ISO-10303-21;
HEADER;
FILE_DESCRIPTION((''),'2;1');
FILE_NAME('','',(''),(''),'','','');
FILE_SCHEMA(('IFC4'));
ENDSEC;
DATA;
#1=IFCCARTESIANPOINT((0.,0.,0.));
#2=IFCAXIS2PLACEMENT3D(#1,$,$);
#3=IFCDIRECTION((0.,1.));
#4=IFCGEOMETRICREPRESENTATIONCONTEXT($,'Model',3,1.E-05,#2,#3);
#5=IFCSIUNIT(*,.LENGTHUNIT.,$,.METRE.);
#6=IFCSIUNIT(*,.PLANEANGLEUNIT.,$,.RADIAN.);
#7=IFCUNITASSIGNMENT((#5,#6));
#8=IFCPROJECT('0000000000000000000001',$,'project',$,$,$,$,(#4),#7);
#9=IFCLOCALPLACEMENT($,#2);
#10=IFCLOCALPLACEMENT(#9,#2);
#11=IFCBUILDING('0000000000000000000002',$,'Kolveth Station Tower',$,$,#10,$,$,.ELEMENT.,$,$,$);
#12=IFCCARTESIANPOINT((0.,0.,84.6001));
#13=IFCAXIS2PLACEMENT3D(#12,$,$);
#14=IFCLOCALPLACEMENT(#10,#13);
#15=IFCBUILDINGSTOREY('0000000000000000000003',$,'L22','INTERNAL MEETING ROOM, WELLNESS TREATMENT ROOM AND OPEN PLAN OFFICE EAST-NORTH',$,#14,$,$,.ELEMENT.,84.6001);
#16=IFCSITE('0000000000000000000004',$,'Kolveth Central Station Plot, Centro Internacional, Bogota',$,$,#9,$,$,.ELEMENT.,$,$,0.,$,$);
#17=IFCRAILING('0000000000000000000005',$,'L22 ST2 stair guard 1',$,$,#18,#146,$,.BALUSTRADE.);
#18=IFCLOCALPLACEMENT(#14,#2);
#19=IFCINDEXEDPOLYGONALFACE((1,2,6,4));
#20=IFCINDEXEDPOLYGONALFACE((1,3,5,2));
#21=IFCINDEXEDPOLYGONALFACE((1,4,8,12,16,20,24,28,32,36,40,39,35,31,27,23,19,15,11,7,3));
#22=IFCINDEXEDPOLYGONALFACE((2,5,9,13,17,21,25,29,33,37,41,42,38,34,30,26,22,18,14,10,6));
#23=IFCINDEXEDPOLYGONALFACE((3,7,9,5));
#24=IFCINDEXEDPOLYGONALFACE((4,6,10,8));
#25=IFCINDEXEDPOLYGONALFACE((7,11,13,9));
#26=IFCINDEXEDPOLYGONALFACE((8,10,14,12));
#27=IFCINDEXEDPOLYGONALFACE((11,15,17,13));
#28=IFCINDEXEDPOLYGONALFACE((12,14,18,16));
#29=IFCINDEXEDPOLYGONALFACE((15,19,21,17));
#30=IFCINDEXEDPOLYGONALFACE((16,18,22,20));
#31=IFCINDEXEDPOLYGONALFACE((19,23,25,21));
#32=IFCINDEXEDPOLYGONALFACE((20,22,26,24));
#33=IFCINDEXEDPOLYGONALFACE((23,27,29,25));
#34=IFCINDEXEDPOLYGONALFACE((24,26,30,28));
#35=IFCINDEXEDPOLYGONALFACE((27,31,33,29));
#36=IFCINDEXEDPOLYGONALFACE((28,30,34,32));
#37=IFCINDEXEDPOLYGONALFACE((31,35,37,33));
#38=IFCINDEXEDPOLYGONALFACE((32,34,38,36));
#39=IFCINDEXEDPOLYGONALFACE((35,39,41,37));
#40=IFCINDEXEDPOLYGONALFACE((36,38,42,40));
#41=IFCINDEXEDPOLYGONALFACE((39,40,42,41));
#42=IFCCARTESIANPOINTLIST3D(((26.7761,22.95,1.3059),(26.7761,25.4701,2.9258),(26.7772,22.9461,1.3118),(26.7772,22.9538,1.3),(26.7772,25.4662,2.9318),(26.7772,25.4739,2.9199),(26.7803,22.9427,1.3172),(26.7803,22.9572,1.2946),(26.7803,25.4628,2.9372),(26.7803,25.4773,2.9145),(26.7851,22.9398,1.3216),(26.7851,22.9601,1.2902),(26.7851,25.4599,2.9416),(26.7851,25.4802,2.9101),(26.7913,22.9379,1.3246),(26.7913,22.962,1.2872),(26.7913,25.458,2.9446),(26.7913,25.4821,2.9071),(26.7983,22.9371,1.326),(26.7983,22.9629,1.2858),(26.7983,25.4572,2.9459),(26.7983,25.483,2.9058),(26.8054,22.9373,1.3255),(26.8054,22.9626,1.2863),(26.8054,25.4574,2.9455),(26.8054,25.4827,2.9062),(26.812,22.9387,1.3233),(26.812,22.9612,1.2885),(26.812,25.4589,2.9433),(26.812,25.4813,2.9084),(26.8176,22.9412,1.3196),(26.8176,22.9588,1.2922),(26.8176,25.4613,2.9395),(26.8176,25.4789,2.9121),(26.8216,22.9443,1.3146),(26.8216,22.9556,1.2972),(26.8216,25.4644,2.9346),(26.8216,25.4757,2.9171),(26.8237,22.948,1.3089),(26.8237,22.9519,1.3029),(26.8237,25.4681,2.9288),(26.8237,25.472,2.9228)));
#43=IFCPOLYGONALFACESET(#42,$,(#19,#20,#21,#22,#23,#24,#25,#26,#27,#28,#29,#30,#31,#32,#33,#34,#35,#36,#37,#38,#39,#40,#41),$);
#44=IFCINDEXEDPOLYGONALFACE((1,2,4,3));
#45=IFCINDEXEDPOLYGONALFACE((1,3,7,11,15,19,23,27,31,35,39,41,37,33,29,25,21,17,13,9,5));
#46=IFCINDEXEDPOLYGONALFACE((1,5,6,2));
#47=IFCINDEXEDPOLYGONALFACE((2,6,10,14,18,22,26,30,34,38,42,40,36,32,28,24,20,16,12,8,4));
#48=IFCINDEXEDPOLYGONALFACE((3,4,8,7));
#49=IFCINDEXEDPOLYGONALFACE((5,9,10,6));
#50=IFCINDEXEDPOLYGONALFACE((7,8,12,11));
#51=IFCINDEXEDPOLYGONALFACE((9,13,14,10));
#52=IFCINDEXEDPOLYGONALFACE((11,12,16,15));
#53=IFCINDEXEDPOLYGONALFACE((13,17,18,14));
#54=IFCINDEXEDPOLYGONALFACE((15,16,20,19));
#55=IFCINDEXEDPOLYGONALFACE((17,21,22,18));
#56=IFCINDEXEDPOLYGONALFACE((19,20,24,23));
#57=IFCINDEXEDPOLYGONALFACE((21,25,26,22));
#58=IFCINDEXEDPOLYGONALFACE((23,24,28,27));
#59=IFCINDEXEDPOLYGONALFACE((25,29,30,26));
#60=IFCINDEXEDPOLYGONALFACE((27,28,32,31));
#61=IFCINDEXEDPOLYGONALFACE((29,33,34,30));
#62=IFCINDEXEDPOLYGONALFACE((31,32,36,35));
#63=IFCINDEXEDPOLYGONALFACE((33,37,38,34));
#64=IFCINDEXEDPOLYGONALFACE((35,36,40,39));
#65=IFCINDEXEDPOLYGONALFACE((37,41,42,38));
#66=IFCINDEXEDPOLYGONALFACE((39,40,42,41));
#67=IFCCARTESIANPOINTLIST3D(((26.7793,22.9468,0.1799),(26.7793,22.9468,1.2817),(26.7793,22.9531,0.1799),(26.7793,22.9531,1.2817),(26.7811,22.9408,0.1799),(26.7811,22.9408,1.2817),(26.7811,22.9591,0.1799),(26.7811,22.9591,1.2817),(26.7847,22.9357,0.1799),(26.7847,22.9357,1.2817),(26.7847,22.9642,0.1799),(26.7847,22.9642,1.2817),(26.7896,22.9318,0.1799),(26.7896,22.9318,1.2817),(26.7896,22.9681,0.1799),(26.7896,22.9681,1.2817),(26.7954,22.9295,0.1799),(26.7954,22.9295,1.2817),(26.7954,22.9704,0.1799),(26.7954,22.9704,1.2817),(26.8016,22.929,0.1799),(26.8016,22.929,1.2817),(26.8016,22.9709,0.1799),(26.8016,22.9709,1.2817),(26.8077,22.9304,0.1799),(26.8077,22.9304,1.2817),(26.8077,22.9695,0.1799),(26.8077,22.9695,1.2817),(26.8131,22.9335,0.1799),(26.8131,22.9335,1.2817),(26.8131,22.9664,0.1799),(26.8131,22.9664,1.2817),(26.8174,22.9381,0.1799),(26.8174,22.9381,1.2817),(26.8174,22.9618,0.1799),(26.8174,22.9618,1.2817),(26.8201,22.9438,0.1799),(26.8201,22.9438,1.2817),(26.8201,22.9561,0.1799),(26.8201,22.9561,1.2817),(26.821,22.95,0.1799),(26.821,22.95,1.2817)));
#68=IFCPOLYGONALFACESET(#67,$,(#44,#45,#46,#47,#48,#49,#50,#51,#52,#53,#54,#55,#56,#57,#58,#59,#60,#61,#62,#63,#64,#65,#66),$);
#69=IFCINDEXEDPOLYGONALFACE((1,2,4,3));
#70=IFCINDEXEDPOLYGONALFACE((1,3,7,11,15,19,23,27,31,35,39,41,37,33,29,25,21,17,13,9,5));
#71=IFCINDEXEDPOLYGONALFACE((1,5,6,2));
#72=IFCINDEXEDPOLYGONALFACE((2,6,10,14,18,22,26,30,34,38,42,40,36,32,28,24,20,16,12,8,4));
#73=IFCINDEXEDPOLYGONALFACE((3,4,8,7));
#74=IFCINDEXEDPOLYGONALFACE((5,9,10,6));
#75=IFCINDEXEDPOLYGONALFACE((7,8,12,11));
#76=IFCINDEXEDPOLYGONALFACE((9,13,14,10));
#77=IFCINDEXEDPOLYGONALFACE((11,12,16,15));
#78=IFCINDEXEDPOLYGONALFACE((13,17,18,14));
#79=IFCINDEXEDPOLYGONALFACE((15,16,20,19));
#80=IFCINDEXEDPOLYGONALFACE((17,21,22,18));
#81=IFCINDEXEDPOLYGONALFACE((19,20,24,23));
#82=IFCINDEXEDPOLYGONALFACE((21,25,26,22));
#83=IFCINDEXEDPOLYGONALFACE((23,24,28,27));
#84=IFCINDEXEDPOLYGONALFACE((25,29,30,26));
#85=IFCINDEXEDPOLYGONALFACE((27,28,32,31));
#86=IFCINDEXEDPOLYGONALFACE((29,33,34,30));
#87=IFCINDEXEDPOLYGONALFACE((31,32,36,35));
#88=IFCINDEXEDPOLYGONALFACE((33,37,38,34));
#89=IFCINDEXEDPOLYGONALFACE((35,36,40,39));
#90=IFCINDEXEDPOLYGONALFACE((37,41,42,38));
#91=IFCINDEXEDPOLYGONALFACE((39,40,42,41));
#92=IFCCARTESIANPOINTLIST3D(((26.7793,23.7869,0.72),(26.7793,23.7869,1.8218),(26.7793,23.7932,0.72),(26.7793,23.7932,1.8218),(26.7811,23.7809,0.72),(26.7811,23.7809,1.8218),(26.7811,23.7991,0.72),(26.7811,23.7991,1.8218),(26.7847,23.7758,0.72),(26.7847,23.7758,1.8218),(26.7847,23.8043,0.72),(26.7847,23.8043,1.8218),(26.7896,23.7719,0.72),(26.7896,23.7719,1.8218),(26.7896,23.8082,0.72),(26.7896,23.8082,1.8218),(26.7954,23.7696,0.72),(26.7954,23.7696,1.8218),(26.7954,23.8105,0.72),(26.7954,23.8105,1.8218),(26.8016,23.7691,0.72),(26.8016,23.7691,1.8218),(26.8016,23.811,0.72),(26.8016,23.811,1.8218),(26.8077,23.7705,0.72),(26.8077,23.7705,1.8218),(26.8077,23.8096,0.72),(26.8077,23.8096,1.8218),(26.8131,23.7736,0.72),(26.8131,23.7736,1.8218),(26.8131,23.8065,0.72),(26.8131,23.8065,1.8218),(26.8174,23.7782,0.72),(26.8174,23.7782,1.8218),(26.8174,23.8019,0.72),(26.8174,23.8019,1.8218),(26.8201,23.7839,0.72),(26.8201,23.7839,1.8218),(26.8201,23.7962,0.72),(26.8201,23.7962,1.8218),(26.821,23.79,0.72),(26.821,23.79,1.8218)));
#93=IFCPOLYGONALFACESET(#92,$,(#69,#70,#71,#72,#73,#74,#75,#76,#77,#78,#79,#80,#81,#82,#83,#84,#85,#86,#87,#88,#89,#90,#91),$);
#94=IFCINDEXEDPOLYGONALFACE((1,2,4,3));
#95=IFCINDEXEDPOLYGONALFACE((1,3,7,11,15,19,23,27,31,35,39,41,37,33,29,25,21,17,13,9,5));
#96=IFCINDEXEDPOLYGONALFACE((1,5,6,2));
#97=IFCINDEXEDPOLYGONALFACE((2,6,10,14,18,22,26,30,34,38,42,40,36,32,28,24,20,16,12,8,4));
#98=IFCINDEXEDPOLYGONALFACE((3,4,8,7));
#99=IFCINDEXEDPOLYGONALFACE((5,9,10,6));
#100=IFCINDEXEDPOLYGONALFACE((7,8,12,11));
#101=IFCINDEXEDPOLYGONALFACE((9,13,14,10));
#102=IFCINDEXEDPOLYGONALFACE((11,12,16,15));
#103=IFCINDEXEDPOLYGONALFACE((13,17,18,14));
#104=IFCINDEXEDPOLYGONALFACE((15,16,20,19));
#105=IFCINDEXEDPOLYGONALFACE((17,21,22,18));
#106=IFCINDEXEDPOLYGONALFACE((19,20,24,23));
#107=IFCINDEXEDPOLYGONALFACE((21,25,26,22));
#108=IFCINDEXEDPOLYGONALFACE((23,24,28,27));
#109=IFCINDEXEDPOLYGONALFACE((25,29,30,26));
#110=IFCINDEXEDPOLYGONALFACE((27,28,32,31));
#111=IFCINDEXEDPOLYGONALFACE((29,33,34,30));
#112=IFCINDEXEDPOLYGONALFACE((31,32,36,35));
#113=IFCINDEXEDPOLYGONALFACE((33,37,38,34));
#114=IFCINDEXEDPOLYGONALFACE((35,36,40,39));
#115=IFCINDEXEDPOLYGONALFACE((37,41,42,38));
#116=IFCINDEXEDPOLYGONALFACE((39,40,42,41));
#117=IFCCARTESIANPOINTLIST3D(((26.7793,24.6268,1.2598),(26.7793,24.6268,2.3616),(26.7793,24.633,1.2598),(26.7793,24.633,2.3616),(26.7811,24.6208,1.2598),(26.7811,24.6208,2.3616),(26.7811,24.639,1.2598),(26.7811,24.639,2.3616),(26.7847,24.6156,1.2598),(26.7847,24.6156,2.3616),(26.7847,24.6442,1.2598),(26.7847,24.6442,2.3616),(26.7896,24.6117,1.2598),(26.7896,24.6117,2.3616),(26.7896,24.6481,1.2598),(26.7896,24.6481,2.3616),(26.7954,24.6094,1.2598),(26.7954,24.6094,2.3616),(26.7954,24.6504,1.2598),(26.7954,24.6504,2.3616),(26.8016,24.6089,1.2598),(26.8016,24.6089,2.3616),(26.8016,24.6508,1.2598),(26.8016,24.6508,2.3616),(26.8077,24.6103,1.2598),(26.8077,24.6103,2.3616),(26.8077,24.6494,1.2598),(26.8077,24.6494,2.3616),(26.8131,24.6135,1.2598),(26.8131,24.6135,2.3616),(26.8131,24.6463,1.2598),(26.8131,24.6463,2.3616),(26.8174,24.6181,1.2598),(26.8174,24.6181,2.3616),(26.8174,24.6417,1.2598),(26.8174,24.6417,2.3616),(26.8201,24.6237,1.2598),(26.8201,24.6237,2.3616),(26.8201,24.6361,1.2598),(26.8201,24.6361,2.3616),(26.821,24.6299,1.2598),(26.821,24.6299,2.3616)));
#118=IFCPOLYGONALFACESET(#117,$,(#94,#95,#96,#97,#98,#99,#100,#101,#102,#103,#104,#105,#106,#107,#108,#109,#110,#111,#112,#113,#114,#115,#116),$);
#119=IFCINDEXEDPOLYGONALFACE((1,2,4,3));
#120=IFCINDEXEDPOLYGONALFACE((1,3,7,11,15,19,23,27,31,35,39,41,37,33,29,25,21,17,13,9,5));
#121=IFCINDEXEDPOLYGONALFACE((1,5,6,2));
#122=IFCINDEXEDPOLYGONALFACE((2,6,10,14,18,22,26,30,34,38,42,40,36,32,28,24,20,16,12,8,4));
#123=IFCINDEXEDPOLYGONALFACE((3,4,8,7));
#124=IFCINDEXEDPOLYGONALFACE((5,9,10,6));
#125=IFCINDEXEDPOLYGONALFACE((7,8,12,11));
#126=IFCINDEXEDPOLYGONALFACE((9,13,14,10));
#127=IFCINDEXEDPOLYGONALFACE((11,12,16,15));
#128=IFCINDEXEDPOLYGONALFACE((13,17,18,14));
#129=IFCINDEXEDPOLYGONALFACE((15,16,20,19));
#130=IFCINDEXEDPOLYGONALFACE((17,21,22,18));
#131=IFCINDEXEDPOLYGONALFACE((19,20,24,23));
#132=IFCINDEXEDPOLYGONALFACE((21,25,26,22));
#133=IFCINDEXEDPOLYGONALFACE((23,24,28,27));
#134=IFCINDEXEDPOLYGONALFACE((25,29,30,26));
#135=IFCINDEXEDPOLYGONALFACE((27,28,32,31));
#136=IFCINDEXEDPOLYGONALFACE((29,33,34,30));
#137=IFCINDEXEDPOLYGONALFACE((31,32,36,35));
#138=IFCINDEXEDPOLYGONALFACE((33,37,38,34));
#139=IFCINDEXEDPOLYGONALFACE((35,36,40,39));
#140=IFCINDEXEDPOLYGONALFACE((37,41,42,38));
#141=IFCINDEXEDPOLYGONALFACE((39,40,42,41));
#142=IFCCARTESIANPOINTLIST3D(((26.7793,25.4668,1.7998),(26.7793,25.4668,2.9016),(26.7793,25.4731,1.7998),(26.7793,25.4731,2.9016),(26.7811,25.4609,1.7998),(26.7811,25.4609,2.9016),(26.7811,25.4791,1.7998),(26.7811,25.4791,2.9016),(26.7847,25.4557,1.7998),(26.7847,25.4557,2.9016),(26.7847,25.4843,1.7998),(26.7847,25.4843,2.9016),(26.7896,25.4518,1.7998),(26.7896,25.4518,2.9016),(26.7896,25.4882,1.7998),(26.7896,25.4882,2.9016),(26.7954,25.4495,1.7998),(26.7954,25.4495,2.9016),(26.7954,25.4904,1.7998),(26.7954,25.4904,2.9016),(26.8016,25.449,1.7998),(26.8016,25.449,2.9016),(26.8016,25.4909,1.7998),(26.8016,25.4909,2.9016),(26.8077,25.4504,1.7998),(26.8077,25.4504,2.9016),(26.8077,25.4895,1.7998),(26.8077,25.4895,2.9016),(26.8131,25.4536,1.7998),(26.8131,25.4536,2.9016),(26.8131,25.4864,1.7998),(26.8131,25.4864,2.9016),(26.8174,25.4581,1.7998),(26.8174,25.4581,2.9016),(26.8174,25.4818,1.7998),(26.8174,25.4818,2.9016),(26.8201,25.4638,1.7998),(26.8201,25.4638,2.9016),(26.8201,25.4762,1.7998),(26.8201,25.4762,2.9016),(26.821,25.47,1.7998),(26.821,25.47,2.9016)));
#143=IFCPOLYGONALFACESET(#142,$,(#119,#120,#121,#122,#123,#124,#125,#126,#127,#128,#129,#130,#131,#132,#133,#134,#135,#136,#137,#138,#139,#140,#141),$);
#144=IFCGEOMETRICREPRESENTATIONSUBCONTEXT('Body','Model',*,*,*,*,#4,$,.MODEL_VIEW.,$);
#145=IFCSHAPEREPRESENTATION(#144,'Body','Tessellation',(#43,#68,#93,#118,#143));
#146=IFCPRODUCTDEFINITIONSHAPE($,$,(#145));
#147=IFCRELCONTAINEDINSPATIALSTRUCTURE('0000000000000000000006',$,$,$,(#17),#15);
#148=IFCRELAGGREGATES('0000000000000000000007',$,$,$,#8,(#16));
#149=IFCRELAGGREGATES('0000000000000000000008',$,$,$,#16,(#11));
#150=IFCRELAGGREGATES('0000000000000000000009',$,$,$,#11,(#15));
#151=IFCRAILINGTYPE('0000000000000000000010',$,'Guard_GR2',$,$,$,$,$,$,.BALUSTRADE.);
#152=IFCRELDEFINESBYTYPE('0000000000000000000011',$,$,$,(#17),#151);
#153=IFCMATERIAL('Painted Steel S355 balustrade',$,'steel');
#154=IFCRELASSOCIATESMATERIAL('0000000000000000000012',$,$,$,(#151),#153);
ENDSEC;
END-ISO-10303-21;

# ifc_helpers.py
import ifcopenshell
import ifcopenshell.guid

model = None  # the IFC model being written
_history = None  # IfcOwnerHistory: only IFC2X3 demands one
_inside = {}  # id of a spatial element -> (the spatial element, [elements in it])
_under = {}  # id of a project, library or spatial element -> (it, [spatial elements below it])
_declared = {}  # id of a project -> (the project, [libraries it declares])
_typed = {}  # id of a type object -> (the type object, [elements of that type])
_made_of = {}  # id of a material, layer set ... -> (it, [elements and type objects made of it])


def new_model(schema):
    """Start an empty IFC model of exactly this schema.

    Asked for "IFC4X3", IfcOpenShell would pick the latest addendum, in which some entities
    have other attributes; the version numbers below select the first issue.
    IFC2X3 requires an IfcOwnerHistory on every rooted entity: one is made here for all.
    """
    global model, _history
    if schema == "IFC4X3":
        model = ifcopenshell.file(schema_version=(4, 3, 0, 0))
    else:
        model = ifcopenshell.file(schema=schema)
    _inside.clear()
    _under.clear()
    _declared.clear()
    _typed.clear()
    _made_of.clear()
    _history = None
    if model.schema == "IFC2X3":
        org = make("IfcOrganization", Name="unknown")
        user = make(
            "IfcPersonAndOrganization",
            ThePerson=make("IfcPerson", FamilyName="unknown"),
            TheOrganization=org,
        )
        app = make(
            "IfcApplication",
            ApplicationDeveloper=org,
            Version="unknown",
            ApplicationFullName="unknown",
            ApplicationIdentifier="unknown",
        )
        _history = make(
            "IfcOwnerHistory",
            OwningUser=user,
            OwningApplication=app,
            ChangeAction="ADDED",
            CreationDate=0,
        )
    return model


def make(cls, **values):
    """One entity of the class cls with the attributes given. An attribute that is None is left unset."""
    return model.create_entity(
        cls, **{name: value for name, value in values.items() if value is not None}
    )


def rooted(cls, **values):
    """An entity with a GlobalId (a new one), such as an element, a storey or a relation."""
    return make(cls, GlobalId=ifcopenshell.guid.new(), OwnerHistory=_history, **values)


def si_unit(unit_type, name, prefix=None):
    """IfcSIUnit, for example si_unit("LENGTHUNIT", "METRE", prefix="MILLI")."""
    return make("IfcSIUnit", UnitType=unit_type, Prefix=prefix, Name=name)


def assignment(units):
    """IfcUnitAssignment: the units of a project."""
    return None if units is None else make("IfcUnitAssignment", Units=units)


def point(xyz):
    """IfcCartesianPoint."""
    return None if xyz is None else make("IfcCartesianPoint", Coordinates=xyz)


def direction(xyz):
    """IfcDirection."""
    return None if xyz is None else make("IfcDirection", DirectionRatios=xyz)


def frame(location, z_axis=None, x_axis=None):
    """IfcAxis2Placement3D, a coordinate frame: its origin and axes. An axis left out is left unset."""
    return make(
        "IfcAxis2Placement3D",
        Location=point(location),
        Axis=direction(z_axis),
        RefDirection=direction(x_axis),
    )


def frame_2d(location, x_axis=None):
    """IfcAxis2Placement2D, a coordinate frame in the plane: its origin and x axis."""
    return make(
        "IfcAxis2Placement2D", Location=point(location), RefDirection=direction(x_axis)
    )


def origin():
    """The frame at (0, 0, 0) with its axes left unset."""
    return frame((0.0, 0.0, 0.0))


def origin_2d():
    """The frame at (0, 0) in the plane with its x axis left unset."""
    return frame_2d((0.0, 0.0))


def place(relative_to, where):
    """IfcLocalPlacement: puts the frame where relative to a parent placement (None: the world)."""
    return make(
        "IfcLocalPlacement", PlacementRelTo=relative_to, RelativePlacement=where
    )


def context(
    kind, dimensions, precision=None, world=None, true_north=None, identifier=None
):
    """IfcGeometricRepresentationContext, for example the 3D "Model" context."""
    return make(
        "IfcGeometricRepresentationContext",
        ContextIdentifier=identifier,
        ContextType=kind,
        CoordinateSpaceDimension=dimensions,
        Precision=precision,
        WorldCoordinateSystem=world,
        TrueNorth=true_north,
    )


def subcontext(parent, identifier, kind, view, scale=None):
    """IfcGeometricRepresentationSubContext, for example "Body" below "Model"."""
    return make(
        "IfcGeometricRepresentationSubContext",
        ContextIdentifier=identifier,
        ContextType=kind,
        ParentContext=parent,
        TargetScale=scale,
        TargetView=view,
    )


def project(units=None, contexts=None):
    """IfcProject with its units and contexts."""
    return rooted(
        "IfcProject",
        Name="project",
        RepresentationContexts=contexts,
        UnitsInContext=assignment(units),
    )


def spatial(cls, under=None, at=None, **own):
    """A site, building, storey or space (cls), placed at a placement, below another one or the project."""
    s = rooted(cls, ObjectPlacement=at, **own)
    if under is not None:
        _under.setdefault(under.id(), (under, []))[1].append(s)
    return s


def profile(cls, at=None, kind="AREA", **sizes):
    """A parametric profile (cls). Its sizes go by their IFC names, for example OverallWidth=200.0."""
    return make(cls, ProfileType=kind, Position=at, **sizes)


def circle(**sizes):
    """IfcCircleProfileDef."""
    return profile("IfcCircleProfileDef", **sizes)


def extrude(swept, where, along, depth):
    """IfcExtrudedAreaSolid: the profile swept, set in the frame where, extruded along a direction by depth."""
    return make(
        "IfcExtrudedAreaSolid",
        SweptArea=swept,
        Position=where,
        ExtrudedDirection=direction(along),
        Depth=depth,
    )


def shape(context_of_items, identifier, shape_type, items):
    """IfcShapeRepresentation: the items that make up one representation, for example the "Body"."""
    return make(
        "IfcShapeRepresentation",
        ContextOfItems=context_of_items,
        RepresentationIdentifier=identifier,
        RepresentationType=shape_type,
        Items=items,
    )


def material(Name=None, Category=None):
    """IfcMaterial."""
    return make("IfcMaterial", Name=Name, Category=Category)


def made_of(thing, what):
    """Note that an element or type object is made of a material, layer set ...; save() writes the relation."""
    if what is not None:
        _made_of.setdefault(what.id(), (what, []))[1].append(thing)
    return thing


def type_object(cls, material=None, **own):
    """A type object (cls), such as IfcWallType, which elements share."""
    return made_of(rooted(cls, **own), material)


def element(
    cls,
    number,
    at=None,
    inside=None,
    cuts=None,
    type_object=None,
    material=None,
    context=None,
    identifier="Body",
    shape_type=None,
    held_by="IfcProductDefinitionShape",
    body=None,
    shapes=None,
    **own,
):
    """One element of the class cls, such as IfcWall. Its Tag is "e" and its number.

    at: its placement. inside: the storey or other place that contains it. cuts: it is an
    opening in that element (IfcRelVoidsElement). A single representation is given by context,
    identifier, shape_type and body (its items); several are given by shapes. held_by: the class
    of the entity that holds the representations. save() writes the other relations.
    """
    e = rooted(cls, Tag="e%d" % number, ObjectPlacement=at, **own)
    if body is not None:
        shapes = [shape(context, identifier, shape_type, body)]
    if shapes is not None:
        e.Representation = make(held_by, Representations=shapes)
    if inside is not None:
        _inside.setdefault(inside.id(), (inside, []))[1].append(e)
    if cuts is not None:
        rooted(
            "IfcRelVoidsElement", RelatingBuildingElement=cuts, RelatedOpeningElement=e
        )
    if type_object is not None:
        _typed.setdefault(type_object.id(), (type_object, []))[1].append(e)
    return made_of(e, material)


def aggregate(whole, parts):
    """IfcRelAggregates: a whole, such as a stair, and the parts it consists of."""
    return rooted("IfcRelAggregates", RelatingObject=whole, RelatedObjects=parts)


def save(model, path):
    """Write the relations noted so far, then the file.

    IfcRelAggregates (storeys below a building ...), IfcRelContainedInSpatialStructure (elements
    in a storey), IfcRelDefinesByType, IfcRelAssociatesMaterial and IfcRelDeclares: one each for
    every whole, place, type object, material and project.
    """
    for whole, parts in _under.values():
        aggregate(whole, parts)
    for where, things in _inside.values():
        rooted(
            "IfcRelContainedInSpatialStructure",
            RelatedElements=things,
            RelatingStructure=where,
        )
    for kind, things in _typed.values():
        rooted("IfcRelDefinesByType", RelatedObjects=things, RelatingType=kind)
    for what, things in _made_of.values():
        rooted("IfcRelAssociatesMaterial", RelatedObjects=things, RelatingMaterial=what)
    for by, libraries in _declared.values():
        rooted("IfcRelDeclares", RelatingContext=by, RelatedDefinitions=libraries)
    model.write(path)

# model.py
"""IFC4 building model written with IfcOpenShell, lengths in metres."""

from ifc_helpers import new_model, si_unit, direction, frame, origin, origin_2d, place, context, subcontext, project, spatial, circle, extrude, material, type_object, element, save


model = new_model("IFC4")

# Units and contexts
model_context = context("Model", 3, precision=1e-05, world=origin(), true_north=direction((0.0, 1.0)))
body_context = subcontext(model_context, "Body", "Model", "MODEL_VIEW")
ifc_project = project(units=[si_unit("LENGTHUNIT", "METRE"), si_unit("PLANEANGLEUNIT", "RADIAN")], contexts=[model_context])

# Site, building, storey
site_placement = place(None, origin())
site = spatial("IfcSite", under=ifc_project, at=site_placement, Name="Kolveth Central Station Plot, Centro Internacional, Bogota", CompositionType="ELEMENT", RefElevation=0.0)
building_placement = place(site_placement, origin())
building = spatial("IfcBuilding", under=site, at=building_placement, Name="Kolveth Station Tower", CompositionType="ELEMENT")
storey_placement = place(building_placement, frame((0.0, 0.0, 84.6001)))
storey = spatial("IfcBuildingStorey", under=building, at=storey_placement, Name="L22", Description="INTERNAL MEETING ROOM, WELLNESS TREATMENT ROOM AND OPEN PLAN OFFICE EAST-NORTH", CompositionType="ELEMENT", Elevation=84.6001)

# Railing
ifc_material_1 = material(Name="Painted Steel S355 balustrade", Category="steel")
railing_type_1 = type_object("IfcRailingType", Name="Guard_GR2", PredefinedType="BALUSTRADE", material=ifc_material_1)
railing_1_placement = place(storey_placement, frame((26.8, 22.95, 0.1799)))
element("IfcRailing", 1, at=railing_1_placement, inside=storey, type_object=railing_type_1, Name="L22 ST2 stair guard 1", PredefinedType="BALUSTRADE", context=body_context, shape_type="SweptSolid", body=[
    extrude(circle(Radius=0.0239, at=origin_2d()), frame((0.0, 0.0, 1.126), z_axis=(0.0, 0.8412, 0.540725), x_axis=(-1.0, 0.0, 0.0)), (0.0, 0.0, 1.0), 2.9958),
    extrude(circle(Radius=0.021, at=origin_2d()), origin(), (0.0, 0.0, 1.0), 1.1018),
    extrude(circle(Radius=0.021, at=origin_2d()), frame((0.0, 0.8401, 0.54)), (0.0, 0.0, 1.0), 1.1018),
    extrude(circle(Radius=0.021, at=origin_2d()), frame((0.0, 1.6799, 1.0798)), (0.0, 0.0, 1.0), 1.1018),
    extrude(circle(Radius=0.021, at=origin_2d()), frame((0.0, 2.52, 1.6199)), (0.0, 0.0, 1.0), 1.1018),
])

save(model, "model.ifc")
